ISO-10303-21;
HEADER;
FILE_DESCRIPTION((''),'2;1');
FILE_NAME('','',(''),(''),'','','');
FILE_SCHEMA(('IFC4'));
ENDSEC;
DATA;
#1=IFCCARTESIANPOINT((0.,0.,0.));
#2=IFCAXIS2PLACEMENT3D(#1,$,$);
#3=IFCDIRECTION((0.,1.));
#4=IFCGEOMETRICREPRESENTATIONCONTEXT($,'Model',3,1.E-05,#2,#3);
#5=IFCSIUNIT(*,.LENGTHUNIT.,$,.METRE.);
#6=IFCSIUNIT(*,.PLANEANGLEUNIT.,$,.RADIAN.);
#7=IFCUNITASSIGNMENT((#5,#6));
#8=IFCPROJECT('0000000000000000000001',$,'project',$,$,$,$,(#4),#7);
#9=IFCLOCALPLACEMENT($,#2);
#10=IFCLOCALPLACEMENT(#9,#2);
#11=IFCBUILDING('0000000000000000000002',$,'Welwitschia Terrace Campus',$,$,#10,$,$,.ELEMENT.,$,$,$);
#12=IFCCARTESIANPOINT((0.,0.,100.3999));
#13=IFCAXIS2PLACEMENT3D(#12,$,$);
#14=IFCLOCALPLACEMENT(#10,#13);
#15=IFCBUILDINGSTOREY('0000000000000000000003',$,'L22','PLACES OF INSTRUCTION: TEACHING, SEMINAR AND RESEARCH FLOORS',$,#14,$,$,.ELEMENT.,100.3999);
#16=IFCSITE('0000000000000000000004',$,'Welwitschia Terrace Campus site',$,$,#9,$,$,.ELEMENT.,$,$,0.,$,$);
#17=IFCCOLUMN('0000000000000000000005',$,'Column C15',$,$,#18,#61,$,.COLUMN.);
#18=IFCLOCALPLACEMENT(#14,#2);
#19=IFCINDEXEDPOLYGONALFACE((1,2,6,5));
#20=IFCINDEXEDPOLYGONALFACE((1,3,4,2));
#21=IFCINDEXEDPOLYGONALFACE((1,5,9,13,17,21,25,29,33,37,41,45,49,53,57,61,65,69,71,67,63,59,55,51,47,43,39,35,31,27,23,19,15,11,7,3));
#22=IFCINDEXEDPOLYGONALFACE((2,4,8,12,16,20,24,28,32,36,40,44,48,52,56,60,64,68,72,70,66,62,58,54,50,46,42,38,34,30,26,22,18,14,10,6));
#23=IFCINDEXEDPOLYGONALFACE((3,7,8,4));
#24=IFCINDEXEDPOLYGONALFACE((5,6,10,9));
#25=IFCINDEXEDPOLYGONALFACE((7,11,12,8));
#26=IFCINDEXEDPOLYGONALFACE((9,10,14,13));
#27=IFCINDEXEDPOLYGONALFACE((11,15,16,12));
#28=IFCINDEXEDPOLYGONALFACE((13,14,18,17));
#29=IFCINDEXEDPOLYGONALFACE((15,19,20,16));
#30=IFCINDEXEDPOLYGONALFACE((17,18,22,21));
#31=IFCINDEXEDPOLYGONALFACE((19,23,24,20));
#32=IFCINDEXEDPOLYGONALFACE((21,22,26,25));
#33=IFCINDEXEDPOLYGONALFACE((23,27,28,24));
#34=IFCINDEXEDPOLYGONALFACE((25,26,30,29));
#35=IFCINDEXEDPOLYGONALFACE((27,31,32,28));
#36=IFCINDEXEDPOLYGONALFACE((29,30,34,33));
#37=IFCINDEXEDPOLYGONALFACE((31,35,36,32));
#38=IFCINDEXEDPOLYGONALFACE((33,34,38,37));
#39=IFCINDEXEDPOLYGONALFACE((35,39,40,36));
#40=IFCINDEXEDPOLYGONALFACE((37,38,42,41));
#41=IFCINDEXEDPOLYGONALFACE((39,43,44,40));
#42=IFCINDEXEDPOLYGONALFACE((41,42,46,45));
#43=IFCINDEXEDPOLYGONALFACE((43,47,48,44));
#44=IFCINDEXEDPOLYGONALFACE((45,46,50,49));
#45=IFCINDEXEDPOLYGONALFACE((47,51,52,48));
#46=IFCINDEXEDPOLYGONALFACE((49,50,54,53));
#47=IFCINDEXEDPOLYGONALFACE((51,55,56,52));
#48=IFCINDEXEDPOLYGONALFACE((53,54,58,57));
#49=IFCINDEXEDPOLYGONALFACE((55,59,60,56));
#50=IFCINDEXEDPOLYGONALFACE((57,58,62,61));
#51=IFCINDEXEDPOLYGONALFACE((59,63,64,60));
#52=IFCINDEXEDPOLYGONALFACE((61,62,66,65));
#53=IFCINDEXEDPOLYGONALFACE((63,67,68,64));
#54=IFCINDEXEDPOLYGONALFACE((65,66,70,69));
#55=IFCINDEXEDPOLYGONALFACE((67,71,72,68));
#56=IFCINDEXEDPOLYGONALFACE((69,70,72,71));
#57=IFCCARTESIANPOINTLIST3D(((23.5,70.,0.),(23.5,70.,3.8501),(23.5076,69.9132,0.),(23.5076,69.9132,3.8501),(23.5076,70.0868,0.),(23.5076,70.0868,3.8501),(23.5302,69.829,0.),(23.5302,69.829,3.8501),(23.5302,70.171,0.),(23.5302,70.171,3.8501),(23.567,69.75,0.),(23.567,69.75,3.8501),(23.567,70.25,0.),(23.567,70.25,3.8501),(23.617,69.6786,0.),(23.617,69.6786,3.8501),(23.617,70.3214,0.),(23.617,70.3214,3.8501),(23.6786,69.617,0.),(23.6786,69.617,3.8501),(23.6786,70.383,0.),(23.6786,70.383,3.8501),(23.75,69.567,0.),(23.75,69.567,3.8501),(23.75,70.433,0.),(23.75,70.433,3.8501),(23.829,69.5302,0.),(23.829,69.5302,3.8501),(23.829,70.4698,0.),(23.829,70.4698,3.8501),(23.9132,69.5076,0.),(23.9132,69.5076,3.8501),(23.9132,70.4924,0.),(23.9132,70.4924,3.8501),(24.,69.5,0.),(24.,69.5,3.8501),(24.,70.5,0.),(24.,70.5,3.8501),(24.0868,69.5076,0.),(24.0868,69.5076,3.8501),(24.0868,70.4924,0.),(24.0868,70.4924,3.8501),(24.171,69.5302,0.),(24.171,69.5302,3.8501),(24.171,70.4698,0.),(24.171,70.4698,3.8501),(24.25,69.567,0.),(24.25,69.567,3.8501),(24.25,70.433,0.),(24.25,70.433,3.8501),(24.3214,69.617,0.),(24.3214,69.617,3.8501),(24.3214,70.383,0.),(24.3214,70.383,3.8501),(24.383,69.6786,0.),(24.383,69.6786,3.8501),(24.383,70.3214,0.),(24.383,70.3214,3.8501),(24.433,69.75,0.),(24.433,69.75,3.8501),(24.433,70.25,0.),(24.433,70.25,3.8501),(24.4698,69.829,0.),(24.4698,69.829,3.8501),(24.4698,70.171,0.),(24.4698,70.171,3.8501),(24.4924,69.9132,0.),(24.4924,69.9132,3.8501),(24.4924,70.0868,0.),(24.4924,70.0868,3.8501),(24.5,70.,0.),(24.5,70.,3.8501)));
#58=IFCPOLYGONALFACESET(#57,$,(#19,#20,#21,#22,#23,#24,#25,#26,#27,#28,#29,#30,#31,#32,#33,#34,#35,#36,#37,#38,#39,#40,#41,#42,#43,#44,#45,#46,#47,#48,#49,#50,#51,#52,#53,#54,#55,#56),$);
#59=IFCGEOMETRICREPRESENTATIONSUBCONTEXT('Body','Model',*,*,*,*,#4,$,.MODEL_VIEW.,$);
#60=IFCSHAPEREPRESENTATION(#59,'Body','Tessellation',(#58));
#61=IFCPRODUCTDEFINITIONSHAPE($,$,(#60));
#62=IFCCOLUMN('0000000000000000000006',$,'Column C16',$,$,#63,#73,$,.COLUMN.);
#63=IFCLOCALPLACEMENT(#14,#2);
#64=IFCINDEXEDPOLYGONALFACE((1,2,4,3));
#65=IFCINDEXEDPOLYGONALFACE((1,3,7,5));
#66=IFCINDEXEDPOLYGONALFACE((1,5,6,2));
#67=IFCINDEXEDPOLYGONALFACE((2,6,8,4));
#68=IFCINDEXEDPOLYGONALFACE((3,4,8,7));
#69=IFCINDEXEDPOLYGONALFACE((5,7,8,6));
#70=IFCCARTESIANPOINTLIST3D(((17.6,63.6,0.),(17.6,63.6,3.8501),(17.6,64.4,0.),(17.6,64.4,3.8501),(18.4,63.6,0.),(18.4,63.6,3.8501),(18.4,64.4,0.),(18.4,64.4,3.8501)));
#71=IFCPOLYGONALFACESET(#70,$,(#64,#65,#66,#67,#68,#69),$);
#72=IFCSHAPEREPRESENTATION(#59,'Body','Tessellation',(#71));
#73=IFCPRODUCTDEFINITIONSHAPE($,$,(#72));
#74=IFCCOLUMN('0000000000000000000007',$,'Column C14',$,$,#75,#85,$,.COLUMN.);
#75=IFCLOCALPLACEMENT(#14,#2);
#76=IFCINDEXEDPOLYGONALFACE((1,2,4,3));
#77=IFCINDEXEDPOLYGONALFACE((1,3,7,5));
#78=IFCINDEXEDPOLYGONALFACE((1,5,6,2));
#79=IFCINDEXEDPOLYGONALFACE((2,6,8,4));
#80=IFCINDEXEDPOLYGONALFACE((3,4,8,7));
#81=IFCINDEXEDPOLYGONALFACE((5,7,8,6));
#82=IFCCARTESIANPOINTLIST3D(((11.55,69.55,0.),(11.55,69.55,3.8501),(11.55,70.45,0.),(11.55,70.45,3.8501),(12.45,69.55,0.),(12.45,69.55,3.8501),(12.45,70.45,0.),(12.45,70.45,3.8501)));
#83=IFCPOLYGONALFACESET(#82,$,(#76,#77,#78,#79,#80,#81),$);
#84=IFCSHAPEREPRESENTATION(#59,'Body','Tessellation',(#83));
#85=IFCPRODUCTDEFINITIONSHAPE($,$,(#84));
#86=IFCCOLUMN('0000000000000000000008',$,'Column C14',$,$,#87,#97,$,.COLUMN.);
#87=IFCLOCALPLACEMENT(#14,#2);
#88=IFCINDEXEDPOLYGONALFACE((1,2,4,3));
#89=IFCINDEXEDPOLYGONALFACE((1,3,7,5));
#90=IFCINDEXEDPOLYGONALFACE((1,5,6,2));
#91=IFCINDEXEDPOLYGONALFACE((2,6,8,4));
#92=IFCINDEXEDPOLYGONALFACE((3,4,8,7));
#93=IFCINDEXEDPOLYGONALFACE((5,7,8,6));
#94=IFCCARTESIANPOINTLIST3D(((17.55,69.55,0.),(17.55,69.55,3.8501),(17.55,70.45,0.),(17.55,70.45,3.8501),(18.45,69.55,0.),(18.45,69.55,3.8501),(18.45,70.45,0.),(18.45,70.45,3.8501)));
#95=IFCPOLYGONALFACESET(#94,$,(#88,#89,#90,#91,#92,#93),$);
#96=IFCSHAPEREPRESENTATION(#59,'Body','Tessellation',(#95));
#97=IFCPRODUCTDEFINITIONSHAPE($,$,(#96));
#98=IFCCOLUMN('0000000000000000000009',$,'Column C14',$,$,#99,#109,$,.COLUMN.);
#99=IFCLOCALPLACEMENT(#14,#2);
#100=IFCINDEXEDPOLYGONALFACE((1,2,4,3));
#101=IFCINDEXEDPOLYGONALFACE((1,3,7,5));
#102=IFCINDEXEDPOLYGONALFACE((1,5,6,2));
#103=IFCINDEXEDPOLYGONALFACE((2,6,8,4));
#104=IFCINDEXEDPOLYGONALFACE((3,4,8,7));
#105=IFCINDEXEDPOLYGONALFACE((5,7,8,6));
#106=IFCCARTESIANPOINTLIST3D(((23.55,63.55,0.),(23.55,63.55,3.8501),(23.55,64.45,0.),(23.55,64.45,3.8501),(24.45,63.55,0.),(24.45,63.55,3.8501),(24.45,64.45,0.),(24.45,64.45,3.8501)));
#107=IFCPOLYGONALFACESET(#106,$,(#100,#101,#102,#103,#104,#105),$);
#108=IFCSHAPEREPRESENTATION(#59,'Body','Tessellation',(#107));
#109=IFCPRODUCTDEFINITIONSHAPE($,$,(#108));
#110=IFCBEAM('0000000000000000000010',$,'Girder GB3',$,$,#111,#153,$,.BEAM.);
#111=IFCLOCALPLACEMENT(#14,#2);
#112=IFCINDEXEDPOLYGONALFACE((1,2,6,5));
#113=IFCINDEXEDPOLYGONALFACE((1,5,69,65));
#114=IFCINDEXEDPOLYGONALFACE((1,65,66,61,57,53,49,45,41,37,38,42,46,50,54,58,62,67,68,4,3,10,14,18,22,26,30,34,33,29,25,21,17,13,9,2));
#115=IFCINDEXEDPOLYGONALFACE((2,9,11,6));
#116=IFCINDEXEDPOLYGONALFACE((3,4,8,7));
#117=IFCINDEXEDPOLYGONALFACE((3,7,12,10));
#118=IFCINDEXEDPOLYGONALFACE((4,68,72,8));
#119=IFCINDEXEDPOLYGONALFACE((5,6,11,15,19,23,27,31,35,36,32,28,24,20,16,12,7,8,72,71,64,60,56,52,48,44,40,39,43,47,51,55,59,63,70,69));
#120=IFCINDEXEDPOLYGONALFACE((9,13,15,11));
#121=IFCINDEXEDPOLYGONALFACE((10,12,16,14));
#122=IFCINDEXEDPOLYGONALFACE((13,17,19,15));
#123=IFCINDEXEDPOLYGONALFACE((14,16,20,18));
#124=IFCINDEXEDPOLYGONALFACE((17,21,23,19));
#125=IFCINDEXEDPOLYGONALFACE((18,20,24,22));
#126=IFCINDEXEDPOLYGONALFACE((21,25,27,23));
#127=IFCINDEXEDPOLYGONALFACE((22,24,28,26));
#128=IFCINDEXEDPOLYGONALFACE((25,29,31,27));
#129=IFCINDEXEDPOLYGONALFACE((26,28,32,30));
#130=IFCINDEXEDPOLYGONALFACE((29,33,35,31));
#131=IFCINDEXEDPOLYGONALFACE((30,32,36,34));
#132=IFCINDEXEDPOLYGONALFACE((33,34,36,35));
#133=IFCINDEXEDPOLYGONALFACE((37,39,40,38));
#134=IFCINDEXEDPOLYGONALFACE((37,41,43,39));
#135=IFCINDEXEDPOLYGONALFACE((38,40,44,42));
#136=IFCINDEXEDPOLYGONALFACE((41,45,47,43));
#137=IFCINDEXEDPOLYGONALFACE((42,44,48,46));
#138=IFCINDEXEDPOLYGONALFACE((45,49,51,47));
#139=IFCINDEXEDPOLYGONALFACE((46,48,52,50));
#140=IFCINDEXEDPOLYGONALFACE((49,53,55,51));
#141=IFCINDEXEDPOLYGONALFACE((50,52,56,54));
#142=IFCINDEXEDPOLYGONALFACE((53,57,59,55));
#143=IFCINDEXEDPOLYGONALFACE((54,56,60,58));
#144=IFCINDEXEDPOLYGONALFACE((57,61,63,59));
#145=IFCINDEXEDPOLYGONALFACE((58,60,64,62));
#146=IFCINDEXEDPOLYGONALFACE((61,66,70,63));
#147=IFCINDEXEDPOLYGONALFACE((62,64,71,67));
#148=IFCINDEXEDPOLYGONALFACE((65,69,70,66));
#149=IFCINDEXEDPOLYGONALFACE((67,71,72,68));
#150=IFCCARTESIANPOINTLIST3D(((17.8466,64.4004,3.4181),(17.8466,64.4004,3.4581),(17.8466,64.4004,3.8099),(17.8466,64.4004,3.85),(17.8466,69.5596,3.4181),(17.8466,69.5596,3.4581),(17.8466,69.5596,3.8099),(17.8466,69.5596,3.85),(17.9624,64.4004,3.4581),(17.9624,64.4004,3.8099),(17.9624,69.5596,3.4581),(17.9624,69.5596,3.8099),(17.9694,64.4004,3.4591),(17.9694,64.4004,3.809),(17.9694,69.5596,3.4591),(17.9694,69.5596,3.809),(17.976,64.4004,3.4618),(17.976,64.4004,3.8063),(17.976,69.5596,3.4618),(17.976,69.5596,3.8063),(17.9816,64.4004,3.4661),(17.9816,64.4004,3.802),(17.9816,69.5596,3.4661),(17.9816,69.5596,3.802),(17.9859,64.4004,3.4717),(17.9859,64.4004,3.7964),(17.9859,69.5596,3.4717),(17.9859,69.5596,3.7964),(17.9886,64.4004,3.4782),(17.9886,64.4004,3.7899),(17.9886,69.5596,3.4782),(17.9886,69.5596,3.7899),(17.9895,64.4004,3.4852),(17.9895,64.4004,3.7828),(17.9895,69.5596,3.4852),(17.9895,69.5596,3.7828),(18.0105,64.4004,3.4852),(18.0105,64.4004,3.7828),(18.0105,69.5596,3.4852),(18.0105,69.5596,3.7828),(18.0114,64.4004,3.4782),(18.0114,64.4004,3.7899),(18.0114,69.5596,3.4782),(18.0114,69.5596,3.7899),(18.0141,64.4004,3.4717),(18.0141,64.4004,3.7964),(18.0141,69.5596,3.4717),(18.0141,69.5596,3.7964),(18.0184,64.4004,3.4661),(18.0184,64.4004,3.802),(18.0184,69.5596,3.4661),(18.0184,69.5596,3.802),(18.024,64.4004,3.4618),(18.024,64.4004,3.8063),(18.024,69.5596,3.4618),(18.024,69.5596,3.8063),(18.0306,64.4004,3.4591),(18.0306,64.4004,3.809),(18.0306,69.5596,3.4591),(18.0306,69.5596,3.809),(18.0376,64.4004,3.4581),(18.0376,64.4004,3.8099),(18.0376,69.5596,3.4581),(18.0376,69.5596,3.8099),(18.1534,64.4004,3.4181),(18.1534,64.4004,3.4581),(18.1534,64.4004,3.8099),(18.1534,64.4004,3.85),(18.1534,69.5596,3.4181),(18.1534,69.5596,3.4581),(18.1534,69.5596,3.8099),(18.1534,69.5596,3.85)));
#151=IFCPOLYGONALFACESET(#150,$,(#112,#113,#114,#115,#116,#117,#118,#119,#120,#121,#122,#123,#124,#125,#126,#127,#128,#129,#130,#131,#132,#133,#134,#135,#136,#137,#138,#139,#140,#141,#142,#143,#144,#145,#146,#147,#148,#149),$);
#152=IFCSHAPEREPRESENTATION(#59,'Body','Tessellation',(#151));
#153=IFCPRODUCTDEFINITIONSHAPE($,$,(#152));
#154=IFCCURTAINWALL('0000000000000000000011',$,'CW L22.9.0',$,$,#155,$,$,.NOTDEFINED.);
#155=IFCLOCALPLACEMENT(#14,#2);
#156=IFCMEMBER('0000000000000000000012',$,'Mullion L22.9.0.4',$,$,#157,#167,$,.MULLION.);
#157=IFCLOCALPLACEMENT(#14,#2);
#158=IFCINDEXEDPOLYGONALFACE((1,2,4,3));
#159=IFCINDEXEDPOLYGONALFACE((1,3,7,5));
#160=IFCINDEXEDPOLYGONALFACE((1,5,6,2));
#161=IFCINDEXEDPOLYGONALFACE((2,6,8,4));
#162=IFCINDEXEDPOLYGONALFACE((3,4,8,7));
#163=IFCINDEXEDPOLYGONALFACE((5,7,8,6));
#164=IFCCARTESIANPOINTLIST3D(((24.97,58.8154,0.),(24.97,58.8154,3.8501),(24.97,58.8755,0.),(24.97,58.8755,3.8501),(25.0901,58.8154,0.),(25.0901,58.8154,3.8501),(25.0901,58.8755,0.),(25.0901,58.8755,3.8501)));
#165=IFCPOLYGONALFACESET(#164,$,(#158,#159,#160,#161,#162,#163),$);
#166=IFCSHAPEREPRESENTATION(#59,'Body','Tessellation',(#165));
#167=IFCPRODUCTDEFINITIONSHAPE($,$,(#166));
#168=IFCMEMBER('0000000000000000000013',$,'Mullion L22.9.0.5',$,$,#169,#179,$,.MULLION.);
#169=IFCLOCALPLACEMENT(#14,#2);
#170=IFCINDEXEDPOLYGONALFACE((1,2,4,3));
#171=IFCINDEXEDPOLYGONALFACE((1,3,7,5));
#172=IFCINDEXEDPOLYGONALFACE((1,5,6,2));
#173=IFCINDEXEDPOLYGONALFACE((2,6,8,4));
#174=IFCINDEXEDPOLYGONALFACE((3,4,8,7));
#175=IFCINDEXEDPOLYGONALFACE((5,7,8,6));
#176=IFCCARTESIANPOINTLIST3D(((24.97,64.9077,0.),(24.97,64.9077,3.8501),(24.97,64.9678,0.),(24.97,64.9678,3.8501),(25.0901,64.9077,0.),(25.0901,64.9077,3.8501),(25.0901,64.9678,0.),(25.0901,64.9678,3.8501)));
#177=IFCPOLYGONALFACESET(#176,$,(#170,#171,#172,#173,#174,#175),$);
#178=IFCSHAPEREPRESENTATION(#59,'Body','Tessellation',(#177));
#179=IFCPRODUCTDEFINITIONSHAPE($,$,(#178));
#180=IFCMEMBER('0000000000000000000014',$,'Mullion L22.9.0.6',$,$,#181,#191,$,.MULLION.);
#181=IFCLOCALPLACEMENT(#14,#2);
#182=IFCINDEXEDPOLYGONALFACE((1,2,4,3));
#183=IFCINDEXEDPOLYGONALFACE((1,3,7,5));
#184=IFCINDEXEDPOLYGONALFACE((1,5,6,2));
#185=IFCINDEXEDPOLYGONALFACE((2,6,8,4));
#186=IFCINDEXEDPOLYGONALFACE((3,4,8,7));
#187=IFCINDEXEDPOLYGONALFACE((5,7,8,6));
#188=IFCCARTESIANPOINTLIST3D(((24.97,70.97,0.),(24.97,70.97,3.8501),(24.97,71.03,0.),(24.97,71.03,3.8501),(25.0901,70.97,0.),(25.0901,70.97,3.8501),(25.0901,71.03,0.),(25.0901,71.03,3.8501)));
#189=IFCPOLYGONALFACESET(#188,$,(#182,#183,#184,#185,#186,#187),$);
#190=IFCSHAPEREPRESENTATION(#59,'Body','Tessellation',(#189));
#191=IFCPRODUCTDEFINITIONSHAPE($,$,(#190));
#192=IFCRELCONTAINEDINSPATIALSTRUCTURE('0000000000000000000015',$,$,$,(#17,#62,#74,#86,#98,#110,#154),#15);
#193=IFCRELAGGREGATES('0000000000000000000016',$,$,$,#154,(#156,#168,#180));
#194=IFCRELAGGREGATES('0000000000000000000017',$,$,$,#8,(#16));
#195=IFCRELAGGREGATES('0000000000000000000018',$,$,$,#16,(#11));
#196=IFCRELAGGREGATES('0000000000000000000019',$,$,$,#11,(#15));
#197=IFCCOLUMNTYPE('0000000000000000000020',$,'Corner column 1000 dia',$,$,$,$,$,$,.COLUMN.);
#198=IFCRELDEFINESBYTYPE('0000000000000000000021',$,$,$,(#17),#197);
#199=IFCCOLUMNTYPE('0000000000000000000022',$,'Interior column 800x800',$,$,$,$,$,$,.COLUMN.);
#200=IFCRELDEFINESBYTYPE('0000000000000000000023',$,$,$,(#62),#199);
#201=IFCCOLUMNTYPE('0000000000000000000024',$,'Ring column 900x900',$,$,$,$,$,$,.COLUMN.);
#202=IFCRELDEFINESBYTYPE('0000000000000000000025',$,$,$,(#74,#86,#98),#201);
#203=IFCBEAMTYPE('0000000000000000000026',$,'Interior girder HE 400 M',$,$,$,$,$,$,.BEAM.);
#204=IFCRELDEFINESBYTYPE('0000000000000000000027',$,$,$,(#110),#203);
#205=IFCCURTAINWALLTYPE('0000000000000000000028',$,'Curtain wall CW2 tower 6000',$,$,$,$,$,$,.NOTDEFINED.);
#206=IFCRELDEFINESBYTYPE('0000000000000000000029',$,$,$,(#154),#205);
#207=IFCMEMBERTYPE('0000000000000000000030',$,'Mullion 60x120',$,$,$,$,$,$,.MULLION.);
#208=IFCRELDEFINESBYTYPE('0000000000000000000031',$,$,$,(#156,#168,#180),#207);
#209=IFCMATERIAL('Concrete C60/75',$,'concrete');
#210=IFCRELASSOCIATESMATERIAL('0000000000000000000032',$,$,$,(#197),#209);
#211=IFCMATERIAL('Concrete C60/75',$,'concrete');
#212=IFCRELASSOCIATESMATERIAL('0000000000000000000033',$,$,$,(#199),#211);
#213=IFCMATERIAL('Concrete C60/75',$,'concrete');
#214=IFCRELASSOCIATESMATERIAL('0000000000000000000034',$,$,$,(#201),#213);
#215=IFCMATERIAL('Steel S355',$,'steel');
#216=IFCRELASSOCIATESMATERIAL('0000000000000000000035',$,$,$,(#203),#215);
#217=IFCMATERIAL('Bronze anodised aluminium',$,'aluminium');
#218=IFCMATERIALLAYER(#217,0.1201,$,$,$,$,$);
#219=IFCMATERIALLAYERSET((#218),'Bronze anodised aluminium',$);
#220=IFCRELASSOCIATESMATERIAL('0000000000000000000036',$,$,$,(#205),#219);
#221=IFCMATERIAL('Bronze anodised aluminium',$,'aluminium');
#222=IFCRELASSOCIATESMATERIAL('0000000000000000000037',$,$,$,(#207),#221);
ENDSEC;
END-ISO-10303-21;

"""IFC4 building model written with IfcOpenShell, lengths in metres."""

from ifc_helpers import new_model, si_unit, direction, frame, origin, origin_2d, place, context, subcontext, project, spatial, rectangle, circle, i_section, extrude, material, layer, layer_set, material_profile, profile_set, type_object, element, aggregate, save


model = new_model("IFC4")

# Units and contexts
model_context = context("Model", 3, precision=1e-05, world=origin(), true_north=direction((0.0, 1.0)))
body_context = subcontext(model_context, "Body", "Model", "MODEL_VIEW")
ifc_project = project(units=[si_unit("LENGTHUNIT", "METRE"), si_unit("PLANEANGLEUNIT", "RADIAN")], contexts=[model_context])

# Site, building, storey
site_placement = place(None, origin())
site = spatial("IfcSite", under=ifc_project, at=site_placement, Name="Welwitschia Terrace Campus site", CompositionType="ELEMENT", RefElevation=0.0)
building_placement = place(site_placement, origin())
building = spatial("IfcBuilding", under=site, at=building_placement, Name="Welwitschia Terrace Campus", CompositionType="ELEMENT")
storey_placement = place(building_placement, frame((0.0, 0.0, 100.3999)))
storey = spatial("IfcBuildingStorey", under=building, at=storey_placement, Name="L22", Description="PLACES OF INSTRUCTION: TEACHING, SEMINAR AND RESEARCH FLOORS", CompositionType="ELEMENT", Elevation=100.3999)

# Columns
ifc_material_1 = material(Name="Concrete C60/75", Category="concrete")
ifc_material_profile_1 = material_profile(ifc_material_1, circle(Radius=0.5, at=origin_2d()))
ifc_profile_set_1 = profile_set([ifc_material_profile_1], Name="Concrete C60/75")
column_type_1 = type_object("IfcColumnType", Name="Corner column 1000 dia", PredefinedType="COLUMN", material=ifc_profile_set_1)
column_1_placement = place(storey_placement, frame((24.0, 70.0, 0.0), z_axis=(0.0, 0.0, 1.0), x_axis=(1.0, 0.0, 0.0)))
element("IfcColumn", 1, at=column_1_placement, inside=storey, type_object=column_type_1, Name="Column C15", PredefinedType="COLUMN", context=body_context, shape_type="SweptSolid", body=[
    extrude(circle(Radius=0.5, at=origin_2d()), origin(), (0.0, 0.0, 1.0), 3.8501),
])
ifc_material_2 = material(Name="Concrete C60/75", Category="concrete")
ifc_material_profile_2 = material_profile(ifc_material_2, rectangle(XDim=0.8, YDim=0.8, at=origin_2d()))
ifc_profile_set_2 = profile_set([ifc_material_profile_2], Name="Concrete C60/75")
column_type_2 = type_object("IfcColumnType", Name="Interior column 800x800", PredefinedType="COLUMN", material=ifc_profile_set_2)
column_2_placement = place(storey_placement, frame((18.0, 64.0, 0.0), z_axis=(0.0, 0.0, 1.0), x_axis=(1.0, 0.0, 0.0)))
element("IfcColumn", 2, at=column_2_placement, inside=storey, type_object=column_type_2, Name="Column C16", PredefinedType="COLUMN", context=body_context, shape_type="SweptSolid", body=[
    extrude(rectangle(XDim=0.8, YDim=0.8, at=origin_2d()), origin(), (0.0, 0.0, 1.0), 3.8501),
])
ifc_material_3 = material(Name="Concrete C60/75", Category="concrete")
ifc_material_profile_3 = material_profile(ifc_material_3, rectangle(XDim=0.8999, YDim=0.8999, at=origin_2d()))
ifc_profile_set_3 = profile_set([ifc_material_profile_3], Name="Concrete C60/75")
column_type_3 = type_object("IfcColumnType", Name="Ring column 900x900", PredefinedType="COLUMN", material=ifc_profile_set_3)
for number, where, z_axis, x_axis, name in (
    (3, (12.0, 70.0, 0.0), (0.0, 0.0, 1.0), (1.0, 0.0, 0.0), "Column C14"),
    (4, (18.0, 70.0, 0.0), (0.0, 0.0, 1.0), (1.0, 0.0, 0.0), "Column C14"),
    (5, (24.0, 64.0, 0.0), (0.0, 0.0, 1.0), (1.0, 0.0, 0.0), "Column C14"),
):
    element("IfcColumn", number, at=place(storey_placement, frame(where, z_axis=z_axis, x_axis=x_axis)), inside=storey, type_object=column_type_3, Name=name, PredefinedType="COLUMN", context=body_context, shape_type="SweptSolid", body=[
        extrude(rectangle(XDim=0.8999, YDim=0.8999, at=origin_2d()), origin(), (0.0, 0.0, 1.0), 3.8501),
    ])

# Beam
ifc_material_4 = material(Name="Steel S355", Category="steel")
ifc_material_profile_4 = material_profile(ifc_material_4, i_section(OverallWidth=0.3069, OverallDepth=0.4319, WebThickness=0.021, FlangeThickness=0.04, FilletRadius=0.0271, at=origin_2d()))
ifc_profile_set_4 = profile_set([ifc_material_profile_4], Name="Steel S355")
beam_type_1 = type_object("IfcBeamType", Name="Interior girder HE 400 M", PredefinedType="BEAM", material=ifc_profile_set_4)
beam_1_placement = place(storey_placement, frame((18.0, 64.4004, 3.634), z_axis=(0.0, 1.0, 0.0), x_axis=(-1.0, 0.0, 0.0)))
element("IfcBeam", 6, at=beam_1_placement, inside=storey, type_object=beam_type_1, Name="Girder GB3", PredefinedType="BEAM", context=body_context, shape_type="SweptSolid", body=[
    extrude(i_section(OverallWidth=0.3069, OverallDepth=0.4319, WebThickness=0.021, FlangeThickness=0.04, FilletRadius=0.0271, at=origin_2d()), origin(), (0.0, 0.0, 1.0), 5.1592),
])

# Curtain wall, members
ifc_material_5 = material(Name="Bronze anodised aluminium", Category="aluminium")
ifc_layer_1 = layer(ifc_material_5, 0.1201)
ifc_layer_set_1 = layer_set([ifc_layer_1], Name="Bronze anodised aluminium")
curtain_wall_type = type_object("IfcCurtainWallType", Name="Curtain wall CW2 tower 6000", PredefinedType="NOTDEFINED", material=ifc_layer_set_1)
curtain_wall_1_placement = place(storey_placement, origin())
curtain_wall_1 = element("IfcCurtainWall", 7, at=curtain_wall_1_placement, inside=storey, type_object=curtain_wall_type, Name="CW L22.9.0", PredefinedType="NOTDEFINED")
ifc_material_6 = material(Name="Bronze anodised aluminium", Category="aluminium")
ifc_material_profile_5 = material_profile(ifc_material_6, rectangle(XDim=0.1201, YDim=0.0601, at=origin_2d()))
ifc_profile_set_5 = profile_set([ifc_material_profile_5], Name="Bronze anodised aluminium")
member_type_1 = type_object("IfcMemberType", Name="Mullion 60x120", PredefinedType="MULLION", material=ifc_profile_set_5)
member_1_placement = place(storey_placement, frame((25.03, 58.8455, 0.0), z_axis=(0.0, 0.0, 1.0), x_axis=(-1.0, 0.0, 0.0)))
member_1 = element("IfcMember", 8, at=member_1_placement, type_object=member_type_1, Name="Mullion L22.9.0.4", PredefinedType="MULLION", context=body_context, shape_type="SweptSolid", body=[
    extrude(rectangle(XDim=0.1201, YDim=0.0601, at=origin_2d()), origin(), (0.0, 0.0, 1.0), 3.8501),
])
member_2_placement = place(storey_placement, frame((25.03, 64.9377, 0.0), z_axis=(0.0, 0.0, 1.0), x_axis=(-1.0, 0.0, 0.0)))
member_2 = element("IfcMember", 9, at=member_2_placement, type_object=member_type_1, Name="Mullion L22.9.0.5", PredefinedType="MULLION", context=body_context, shape_type="SweptSolid", body=[
    extrude(rectangle(XDim=0.1201, YDim=0.0601, at=origin_2d()), origin(), (0.0, 0.0, 1.0), 3.8501),
])
member_3_placement = place(storey_placement, frame((25.03, 71.0, 0.0), z_axis=(0.0, 0.0, 1.0), x_axis=(-1.0, 0.0, 0.0)))
member_3 = element("IfcMember", 10, at=member_3_placement, type_object=member_type_1, Name="Mullion L22.9.0.6", PredefinedType="MULLION", context=body_context, shape_type="SweptSolid", body=[
    extrude(rectangle(XDim=0.1201, YDim=0.0601, at=origin_2d()), origin(), (0.0, 0.0, 1.0), 3.8501),
])

aggregate(curtain_wall_1, [member_1, member_2, member_3])

save(model, "model.ifc")
